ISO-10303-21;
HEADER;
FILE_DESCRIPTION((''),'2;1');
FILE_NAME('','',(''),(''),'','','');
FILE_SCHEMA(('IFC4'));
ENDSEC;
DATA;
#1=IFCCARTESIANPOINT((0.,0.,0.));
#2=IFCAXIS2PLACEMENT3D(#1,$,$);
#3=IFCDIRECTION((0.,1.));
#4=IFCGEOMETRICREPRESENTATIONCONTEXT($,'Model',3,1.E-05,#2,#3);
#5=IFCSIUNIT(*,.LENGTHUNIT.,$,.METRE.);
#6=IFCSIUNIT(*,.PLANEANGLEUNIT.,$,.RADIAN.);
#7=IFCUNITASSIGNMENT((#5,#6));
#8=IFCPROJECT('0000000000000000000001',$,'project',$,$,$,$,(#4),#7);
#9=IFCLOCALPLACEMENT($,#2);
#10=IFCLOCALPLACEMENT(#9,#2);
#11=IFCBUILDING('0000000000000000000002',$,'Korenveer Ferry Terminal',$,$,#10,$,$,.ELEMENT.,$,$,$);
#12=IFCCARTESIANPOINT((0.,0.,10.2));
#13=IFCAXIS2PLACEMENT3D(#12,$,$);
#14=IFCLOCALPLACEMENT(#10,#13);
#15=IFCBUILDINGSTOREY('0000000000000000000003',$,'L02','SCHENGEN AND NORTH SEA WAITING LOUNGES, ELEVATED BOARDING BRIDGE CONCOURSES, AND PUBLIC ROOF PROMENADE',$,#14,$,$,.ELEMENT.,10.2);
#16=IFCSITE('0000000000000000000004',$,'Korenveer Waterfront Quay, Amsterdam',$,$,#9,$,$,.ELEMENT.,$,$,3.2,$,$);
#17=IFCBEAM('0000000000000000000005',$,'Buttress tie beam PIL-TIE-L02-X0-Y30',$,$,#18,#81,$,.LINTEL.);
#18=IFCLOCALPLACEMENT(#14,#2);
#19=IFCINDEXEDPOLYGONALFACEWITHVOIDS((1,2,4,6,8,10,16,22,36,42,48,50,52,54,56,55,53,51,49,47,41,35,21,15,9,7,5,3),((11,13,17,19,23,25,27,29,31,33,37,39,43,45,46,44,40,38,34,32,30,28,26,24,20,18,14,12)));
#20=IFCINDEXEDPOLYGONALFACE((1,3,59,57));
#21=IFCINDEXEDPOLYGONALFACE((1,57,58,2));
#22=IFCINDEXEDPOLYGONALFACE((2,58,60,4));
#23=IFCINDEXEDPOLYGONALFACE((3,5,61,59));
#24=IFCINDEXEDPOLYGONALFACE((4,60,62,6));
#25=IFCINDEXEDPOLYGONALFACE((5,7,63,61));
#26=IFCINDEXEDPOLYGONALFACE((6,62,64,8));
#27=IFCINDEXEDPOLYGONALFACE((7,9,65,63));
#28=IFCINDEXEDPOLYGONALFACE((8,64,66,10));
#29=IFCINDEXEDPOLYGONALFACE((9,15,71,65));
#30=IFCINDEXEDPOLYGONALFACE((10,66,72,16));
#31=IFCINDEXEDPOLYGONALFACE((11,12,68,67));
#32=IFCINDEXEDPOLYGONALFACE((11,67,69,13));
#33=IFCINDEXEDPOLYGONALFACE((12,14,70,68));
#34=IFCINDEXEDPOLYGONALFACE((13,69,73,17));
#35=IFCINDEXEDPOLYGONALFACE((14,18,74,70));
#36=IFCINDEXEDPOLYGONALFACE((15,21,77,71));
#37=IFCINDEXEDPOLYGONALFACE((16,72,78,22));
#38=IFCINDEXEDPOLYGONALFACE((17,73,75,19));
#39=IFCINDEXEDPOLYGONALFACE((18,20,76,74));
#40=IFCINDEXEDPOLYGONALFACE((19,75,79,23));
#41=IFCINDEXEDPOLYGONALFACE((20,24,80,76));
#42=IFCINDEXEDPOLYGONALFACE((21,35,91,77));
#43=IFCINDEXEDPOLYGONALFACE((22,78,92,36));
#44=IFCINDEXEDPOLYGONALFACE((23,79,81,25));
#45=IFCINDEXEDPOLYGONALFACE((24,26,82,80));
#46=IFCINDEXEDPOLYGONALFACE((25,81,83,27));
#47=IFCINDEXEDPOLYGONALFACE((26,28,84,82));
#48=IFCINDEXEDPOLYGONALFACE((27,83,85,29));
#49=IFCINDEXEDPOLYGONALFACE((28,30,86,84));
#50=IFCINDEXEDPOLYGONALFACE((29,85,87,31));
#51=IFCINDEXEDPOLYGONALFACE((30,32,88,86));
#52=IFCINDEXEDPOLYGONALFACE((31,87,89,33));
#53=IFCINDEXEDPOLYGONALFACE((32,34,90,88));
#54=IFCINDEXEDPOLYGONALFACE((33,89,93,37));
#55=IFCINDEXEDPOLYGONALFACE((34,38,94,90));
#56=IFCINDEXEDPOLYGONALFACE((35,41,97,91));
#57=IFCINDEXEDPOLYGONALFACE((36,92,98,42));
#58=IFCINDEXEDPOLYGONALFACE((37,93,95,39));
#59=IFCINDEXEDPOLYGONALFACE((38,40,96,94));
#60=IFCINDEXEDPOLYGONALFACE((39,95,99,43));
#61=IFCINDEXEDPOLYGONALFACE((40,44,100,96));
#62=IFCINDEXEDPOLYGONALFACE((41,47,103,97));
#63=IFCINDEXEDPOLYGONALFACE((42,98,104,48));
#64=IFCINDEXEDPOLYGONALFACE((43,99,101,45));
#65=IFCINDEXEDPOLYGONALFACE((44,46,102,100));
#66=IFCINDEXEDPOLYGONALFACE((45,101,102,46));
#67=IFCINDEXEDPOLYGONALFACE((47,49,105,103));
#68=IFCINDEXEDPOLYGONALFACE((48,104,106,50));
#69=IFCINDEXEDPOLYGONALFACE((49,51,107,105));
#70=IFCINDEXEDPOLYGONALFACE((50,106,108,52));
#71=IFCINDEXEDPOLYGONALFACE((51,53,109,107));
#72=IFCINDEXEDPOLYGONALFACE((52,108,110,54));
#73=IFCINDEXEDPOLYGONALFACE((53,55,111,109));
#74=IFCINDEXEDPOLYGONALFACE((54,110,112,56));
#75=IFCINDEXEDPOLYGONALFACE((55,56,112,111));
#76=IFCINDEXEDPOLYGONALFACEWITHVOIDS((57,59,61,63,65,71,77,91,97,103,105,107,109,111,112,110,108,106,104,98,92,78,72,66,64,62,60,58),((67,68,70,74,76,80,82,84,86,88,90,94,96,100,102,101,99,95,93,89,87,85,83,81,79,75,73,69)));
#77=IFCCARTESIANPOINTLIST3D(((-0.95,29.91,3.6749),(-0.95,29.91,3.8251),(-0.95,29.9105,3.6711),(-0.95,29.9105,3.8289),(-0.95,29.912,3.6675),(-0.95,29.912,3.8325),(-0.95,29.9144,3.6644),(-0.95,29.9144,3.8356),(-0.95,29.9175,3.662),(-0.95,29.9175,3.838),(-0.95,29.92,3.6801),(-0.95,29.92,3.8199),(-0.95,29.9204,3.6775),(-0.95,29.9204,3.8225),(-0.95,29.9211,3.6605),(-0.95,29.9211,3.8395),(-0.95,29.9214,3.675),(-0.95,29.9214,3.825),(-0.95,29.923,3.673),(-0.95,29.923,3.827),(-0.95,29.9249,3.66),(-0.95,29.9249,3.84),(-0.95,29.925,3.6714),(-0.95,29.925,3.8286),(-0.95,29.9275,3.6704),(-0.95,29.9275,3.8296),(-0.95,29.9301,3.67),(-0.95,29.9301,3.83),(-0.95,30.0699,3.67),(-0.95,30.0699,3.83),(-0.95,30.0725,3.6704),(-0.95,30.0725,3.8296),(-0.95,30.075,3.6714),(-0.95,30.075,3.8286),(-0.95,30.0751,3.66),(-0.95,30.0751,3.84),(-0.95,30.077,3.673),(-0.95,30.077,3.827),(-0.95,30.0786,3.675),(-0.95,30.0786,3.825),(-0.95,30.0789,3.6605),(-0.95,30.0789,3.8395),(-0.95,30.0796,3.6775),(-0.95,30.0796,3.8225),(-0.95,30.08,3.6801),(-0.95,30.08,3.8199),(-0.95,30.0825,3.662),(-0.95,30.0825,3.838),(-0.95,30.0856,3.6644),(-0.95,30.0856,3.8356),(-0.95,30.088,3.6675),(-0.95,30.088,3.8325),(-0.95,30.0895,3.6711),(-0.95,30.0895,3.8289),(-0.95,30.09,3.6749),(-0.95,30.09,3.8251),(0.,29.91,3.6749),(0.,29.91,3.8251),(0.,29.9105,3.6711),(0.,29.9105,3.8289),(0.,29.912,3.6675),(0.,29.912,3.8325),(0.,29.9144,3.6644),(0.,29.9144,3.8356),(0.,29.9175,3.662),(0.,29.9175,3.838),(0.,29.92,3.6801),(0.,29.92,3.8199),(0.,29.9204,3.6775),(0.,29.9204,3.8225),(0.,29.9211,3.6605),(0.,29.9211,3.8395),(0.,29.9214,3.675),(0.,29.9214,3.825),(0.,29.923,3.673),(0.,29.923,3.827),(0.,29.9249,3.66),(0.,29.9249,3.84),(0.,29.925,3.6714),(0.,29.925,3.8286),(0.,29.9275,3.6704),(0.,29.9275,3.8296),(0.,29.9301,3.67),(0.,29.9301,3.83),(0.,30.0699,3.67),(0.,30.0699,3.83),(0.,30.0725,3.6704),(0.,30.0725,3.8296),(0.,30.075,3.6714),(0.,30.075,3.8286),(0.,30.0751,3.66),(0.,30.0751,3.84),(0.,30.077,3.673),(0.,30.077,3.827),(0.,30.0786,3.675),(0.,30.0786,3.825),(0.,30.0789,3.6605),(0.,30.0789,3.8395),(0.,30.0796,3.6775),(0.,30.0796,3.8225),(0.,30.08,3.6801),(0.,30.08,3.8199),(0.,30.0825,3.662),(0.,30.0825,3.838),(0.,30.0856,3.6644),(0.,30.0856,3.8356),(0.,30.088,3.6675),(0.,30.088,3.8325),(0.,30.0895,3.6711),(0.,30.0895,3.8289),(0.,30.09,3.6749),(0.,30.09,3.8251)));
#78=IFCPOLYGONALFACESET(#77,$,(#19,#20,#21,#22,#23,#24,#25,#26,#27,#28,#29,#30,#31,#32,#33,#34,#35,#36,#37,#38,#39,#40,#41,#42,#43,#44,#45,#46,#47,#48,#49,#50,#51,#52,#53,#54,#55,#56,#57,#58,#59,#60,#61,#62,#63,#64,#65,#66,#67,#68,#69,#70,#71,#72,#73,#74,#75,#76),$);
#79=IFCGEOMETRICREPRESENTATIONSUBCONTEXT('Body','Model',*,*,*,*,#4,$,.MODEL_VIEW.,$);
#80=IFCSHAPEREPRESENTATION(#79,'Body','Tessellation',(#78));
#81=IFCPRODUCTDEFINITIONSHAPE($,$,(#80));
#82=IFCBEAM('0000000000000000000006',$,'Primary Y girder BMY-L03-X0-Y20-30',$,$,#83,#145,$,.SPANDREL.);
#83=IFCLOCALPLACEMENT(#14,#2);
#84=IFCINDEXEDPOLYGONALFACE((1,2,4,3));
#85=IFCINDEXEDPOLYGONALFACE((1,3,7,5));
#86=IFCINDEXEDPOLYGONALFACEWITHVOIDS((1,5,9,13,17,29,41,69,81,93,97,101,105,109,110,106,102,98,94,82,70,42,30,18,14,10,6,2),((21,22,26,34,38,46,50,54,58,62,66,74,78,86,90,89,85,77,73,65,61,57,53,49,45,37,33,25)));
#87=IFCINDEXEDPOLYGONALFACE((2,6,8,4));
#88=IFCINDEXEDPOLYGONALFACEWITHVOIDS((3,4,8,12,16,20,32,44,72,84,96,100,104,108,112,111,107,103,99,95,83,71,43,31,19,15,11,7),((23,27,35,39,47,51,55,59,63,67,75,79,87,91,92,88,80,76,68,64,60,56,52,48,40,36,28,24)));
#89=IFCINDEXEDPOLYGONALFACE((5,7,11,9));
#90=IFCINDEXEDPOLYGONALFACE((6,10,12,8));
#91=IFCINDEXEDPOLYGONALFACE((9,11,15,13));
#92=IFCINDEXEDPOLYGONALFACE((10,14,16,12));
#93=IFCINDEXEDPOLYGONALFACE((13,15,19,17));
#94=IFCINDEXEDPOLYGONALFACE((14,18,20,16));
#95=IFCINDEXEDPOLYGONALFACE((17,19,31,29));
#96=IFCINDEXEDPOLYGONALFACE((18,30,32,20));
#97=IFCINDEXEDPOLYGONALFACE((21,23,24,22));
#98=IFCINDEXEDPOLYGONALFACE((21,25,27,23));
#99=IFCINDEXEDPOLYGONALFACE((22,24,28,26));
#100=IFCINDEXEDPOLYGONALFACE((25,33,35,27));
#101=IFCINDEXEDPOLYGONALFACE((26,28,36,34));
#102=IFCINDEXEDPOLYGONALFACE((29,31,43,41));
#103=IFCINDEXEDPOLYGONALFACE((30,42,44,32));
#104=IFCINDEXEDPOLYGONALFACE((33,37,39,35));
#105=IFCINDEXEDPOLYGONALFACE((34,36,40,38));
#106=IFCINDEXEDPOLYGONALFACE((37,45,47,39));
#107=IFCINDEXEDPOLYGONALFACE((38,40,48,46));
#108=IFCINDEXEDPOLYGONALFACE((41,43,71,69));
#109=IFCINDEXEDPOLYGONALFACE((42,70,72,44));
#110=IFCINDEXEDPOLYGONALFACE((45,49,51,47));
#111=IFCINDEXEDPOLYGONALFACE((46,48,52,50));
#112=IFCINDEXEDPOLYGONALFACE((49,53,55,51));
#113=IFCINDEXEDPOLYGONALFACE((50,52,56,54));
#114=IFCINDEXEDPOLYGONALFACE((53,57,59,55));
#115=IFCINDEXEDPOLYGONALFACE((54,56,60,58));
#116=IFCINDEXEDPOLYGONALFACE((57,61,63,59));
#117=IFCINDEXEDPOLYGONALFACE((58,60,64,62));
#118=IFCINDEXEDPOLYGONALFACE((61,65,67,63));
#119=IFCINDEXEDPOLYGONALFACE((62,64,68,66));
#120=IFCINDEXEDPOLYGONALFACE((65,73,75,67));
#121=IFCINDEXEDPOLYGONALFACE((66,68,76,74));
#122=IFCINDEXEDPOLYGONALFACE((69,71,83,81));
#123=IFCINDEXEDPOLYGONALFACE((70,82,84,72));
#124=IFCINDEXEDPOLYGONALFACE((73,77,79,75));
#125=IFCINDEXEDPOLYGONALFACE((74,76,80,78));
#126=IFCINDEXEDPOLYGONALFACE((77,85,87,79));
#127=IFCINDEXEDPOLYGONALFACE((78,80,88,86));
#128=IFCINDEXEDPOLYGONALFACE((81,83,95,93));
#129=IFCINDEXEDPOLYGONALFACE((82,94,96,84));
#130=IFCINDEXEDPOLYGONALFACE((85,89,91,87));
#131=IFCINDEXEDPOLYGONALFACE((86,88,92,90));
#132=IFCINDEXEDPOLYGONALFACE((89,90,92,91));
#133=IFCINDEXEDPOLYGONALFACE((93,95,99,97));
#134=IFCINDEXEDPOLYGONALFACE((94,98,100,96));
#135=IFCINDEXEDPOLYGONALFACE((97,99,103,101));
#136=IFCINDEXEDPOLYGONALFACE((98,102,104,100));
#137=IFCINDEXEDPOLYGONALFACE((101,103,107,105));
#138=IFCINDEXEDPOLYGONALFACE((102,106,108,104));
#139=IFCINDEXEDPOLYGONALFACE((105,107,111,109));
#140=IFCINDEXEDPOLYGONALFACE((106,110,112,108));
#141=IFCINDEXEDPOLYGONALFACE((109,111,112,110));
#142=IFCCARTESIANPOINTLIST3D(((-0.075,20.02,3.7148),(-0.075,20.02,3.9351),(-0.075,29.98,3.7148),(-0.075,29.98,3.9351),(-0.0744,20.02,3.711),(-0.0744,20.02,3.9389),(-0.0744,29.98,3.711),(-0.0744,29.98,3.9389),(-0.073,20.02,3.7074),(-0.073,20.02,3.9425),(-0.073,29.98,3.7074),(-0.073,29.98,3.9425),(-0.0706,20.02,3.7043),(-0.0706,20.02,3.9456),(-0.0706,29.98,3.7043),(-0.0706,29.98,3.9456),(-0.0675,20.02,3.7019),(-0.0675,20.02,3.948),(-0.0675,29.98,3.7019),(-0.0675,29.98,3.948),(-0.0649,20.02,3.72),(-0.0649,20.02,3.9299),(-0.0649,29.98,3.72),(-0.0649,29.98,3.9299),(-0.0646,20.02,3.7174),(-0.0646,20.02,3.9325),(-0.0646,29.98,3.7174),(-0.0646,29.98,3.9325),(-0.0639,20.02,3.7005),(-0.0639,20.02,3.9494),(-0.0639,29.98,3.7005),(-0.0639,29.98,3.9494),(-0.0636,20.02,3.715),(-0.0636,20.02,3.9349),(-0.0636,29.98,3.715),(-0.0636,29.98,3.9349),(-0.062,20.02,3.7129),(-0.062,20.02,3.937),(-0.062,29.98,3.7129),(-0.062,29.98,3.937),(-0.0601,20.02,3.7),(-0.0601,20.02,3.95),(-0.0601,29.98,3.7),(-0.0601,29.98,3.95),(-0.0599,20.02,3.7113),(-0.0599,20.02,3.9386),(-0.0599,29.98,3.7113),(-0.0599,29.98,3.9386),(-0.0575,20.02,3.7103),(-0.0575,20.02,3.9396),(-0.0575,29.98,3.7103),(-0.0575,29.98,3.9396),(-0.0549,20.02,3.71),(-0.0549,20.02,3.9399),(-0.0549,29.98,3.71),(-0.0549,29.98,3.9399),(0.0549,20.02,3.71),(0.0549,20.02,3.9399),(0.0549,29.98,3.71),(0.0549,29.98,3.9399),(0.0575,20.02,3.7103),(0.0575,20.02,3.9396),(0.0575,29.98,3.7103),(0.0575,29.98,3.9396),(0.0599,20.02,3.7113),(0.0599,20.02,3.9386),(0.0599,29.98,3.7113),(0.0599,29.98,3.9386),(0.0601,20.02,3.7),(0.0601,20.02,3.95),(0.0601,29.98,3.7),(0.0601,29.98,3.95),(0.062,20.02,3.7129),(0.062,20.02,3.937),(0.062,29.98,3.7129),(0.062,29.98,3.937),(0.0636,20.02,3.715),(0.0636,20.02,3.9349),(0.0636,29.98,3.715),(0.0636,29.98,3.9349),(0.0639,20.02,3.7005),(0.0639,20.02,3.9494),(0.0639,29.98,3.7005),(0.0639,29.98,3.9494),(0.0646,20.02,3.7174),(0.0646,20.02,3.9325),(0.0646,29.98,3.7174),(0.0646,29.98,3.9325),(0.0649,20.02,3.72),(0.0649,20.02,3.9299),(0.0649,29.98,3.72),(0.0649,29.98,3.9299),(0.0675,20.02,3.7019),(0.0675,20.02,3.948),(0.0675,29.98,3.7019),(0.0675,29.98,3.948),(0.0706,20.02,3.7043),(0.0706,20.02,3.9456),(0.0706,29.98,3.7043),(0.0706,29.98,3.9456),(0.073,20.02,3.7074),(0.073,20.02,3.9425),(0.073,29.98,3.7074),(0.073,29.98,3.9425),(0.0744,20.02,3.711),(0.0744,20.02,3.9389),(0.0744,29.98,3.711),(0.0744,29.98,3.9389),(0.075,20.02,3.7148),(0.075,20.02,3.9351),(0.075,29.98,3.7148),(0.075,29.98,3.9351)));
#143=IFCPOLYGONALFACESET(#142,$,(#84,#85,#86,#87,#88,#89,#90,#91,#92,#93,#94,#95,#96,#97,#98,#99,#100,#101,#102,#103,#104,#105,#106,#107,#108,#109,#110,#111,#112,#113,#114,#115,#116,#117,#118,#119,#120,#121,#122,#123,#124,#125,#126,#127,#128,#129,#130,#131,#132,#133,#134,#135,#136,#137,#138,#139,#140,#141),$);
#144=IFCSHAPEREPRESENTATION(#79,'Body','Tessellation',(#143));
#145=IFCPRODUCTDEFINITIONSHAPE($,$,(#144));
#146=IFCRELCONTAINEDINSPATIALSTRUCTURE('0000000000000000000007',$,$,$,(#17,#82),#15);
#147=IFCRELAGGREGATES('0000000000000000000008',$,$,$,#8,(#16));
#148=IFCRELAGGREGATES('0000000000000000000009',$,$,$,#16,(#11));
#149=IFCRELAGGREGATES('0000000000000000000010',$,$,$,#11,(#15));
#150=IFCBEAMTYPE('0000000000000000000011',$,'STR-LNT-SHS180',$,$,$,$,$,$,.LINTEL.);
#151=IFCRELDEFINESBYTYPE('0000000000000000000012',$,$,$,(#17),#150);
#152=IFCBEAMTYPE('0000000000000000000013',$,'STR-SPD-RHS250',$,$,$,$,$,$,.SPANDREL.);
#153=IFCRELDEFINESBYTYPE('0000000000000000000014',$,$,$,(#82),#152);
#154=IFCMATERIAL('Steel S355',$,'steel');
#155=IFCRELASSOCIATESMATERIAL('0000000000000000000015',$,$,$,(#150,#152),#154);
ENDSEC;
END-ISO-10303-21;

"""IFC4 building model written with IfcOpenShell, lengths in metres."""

from ifc_helpers import new_model, si_unit, direction, frame, origin, origin_2d, place, context, subcontext, project, spatial, hollow_rectangle, extrude, material, material_profile, profile_set, type_object, element, save


model = new_model("IFC4")

# Units and contexts
model_context = context("Model", 3, precision=1e-05, world=origin(), true_north=direction((0.0, 1.0)))
body_context = subcontext(model_context, "Body", "Model", "MODEL_VIEW")
ifc_project = project(units=[si_unit("LENGTHUNIT", "METRE"), si_unit("PLANEANGLEUNIT", "RADIAN")], contexts=[model_context])

# Site, building, storey
site_placement = place(None, origin())
site = spatial("IfcSite", under=ifc_project, at=site_placement, Name="Korenveer Waterfront Quay, Amsterdam", CompositionType="ELEMENT", RefElevation=3.2)
building_placement = place(site_placement, origin())
building = spatial("IfcBuilding", under=site, at=building_placement, Name="Korenveer Ferry Terminal", CompositionType="ELEMENT")
storey_placement = place(building_placement, frame((0.0, 0.0, 10.2)))
storey = spatial("IfcBuildingStorey", under=building, at=storey_placement, Name="L02", Description="SCHENGEN AND NORTH SEA WAITING LOUNGES, ELEVATED BOARDING BRIDGE CONCOURSES, AND PUBLIC ROOF PROMENADE", CompositionType="ELEMENT", Elevation=10.2)

# Shared definitions
ifc_material_1 = material(Name="Steel S355", Category="steel")

# Beams
ifc_material_profile_1 = material_profile(ifc_material_1, hollow_rectangle(XDim=0.1799, YDim=0.1799, WallThickness=0.01, InnerFilletRadius=0.01, OuterFilletRadius=0.0149, at=origin_2d()), Name="SHS 180x180x10")
ifc_profile_set_1 = profile_set([ifc_material_profile_1], Name="Steel S355")
beam_type_1 = type_object("IfcBeamType", Name="STR-LNT-SHS180", PredefinedType="LINTEL", material=ifc_profile_set_1)
beam_placement = place(storey_placement, frame((-0.95, 30.0, 3.75), z_axis=(1.0, 0.0, 0.0), x_axis=(0.0, 1.0, 0.0)))
element("IfcBeam", 1, at=beam_placement, inside=storey, type_object=beam_type_1, Name="Buttress tie beam PIL-TIE-L02-X0-Y30", PredefinedType="LINTEL", context=body_context, shape_type="SweptSolid", body=[
    extrude(hollow_rectangle(XDim=0.1799, YDim=0.1799, WallThickness=0.01, InnerFilletRadius=0.01, OuterFilletRadius=0.0149, at=origin_2d()), origin(), (0.0, 0.0, 1.0), 0.95),
])
ifc_material_profile_2 = material_profile(ifc_material_1, hollow_rectangle(XDim=0.1499, YDim=0.25, WallThickness=0.01, InnerFilletRadius=0.01, OuterFilletRadius=0.0149, at=origin_2d()), Name="RHS 250x150x10")
ifc_profile_set_2 = profile_set([ifc_material_profile_2], Name="Steel S355")
beam_type_2 = type_object("IfcBeamType", Name="STR-SPD-RHS250", PredefinedType="SPANDREL", material=ifc_profile_set_2)
for number, where, z_axis, x_axis, name in (
    (2, (0.0, 20.02, 3.825), (0.0, 1.0, 0.0), (-1.0, 0.0, 0.0), "Primary Y girder BMY-L03-X0-Y20-30"),
):
    element("IfcBeam", number, at=place(storey_placement, frame(where, z_axis=z_axis, x_axis=x_axis)), inside=storey, type_object=beam_type_2, Name=name, PredefinedType="SPANDREL", context=body_context, shape_type="SweptSolid", body=[
        extrude(hollow_rectangle(XDim=0.1499, YDim=0.25, WallThickness=0.01, InnerFilletRadius=0.01, OuterFilletRadius=0.0149, at=origin_2d()), origin(), (0.0, 0.0, 1.0), 9.96),
    ])

save(model, "model.ifc")
